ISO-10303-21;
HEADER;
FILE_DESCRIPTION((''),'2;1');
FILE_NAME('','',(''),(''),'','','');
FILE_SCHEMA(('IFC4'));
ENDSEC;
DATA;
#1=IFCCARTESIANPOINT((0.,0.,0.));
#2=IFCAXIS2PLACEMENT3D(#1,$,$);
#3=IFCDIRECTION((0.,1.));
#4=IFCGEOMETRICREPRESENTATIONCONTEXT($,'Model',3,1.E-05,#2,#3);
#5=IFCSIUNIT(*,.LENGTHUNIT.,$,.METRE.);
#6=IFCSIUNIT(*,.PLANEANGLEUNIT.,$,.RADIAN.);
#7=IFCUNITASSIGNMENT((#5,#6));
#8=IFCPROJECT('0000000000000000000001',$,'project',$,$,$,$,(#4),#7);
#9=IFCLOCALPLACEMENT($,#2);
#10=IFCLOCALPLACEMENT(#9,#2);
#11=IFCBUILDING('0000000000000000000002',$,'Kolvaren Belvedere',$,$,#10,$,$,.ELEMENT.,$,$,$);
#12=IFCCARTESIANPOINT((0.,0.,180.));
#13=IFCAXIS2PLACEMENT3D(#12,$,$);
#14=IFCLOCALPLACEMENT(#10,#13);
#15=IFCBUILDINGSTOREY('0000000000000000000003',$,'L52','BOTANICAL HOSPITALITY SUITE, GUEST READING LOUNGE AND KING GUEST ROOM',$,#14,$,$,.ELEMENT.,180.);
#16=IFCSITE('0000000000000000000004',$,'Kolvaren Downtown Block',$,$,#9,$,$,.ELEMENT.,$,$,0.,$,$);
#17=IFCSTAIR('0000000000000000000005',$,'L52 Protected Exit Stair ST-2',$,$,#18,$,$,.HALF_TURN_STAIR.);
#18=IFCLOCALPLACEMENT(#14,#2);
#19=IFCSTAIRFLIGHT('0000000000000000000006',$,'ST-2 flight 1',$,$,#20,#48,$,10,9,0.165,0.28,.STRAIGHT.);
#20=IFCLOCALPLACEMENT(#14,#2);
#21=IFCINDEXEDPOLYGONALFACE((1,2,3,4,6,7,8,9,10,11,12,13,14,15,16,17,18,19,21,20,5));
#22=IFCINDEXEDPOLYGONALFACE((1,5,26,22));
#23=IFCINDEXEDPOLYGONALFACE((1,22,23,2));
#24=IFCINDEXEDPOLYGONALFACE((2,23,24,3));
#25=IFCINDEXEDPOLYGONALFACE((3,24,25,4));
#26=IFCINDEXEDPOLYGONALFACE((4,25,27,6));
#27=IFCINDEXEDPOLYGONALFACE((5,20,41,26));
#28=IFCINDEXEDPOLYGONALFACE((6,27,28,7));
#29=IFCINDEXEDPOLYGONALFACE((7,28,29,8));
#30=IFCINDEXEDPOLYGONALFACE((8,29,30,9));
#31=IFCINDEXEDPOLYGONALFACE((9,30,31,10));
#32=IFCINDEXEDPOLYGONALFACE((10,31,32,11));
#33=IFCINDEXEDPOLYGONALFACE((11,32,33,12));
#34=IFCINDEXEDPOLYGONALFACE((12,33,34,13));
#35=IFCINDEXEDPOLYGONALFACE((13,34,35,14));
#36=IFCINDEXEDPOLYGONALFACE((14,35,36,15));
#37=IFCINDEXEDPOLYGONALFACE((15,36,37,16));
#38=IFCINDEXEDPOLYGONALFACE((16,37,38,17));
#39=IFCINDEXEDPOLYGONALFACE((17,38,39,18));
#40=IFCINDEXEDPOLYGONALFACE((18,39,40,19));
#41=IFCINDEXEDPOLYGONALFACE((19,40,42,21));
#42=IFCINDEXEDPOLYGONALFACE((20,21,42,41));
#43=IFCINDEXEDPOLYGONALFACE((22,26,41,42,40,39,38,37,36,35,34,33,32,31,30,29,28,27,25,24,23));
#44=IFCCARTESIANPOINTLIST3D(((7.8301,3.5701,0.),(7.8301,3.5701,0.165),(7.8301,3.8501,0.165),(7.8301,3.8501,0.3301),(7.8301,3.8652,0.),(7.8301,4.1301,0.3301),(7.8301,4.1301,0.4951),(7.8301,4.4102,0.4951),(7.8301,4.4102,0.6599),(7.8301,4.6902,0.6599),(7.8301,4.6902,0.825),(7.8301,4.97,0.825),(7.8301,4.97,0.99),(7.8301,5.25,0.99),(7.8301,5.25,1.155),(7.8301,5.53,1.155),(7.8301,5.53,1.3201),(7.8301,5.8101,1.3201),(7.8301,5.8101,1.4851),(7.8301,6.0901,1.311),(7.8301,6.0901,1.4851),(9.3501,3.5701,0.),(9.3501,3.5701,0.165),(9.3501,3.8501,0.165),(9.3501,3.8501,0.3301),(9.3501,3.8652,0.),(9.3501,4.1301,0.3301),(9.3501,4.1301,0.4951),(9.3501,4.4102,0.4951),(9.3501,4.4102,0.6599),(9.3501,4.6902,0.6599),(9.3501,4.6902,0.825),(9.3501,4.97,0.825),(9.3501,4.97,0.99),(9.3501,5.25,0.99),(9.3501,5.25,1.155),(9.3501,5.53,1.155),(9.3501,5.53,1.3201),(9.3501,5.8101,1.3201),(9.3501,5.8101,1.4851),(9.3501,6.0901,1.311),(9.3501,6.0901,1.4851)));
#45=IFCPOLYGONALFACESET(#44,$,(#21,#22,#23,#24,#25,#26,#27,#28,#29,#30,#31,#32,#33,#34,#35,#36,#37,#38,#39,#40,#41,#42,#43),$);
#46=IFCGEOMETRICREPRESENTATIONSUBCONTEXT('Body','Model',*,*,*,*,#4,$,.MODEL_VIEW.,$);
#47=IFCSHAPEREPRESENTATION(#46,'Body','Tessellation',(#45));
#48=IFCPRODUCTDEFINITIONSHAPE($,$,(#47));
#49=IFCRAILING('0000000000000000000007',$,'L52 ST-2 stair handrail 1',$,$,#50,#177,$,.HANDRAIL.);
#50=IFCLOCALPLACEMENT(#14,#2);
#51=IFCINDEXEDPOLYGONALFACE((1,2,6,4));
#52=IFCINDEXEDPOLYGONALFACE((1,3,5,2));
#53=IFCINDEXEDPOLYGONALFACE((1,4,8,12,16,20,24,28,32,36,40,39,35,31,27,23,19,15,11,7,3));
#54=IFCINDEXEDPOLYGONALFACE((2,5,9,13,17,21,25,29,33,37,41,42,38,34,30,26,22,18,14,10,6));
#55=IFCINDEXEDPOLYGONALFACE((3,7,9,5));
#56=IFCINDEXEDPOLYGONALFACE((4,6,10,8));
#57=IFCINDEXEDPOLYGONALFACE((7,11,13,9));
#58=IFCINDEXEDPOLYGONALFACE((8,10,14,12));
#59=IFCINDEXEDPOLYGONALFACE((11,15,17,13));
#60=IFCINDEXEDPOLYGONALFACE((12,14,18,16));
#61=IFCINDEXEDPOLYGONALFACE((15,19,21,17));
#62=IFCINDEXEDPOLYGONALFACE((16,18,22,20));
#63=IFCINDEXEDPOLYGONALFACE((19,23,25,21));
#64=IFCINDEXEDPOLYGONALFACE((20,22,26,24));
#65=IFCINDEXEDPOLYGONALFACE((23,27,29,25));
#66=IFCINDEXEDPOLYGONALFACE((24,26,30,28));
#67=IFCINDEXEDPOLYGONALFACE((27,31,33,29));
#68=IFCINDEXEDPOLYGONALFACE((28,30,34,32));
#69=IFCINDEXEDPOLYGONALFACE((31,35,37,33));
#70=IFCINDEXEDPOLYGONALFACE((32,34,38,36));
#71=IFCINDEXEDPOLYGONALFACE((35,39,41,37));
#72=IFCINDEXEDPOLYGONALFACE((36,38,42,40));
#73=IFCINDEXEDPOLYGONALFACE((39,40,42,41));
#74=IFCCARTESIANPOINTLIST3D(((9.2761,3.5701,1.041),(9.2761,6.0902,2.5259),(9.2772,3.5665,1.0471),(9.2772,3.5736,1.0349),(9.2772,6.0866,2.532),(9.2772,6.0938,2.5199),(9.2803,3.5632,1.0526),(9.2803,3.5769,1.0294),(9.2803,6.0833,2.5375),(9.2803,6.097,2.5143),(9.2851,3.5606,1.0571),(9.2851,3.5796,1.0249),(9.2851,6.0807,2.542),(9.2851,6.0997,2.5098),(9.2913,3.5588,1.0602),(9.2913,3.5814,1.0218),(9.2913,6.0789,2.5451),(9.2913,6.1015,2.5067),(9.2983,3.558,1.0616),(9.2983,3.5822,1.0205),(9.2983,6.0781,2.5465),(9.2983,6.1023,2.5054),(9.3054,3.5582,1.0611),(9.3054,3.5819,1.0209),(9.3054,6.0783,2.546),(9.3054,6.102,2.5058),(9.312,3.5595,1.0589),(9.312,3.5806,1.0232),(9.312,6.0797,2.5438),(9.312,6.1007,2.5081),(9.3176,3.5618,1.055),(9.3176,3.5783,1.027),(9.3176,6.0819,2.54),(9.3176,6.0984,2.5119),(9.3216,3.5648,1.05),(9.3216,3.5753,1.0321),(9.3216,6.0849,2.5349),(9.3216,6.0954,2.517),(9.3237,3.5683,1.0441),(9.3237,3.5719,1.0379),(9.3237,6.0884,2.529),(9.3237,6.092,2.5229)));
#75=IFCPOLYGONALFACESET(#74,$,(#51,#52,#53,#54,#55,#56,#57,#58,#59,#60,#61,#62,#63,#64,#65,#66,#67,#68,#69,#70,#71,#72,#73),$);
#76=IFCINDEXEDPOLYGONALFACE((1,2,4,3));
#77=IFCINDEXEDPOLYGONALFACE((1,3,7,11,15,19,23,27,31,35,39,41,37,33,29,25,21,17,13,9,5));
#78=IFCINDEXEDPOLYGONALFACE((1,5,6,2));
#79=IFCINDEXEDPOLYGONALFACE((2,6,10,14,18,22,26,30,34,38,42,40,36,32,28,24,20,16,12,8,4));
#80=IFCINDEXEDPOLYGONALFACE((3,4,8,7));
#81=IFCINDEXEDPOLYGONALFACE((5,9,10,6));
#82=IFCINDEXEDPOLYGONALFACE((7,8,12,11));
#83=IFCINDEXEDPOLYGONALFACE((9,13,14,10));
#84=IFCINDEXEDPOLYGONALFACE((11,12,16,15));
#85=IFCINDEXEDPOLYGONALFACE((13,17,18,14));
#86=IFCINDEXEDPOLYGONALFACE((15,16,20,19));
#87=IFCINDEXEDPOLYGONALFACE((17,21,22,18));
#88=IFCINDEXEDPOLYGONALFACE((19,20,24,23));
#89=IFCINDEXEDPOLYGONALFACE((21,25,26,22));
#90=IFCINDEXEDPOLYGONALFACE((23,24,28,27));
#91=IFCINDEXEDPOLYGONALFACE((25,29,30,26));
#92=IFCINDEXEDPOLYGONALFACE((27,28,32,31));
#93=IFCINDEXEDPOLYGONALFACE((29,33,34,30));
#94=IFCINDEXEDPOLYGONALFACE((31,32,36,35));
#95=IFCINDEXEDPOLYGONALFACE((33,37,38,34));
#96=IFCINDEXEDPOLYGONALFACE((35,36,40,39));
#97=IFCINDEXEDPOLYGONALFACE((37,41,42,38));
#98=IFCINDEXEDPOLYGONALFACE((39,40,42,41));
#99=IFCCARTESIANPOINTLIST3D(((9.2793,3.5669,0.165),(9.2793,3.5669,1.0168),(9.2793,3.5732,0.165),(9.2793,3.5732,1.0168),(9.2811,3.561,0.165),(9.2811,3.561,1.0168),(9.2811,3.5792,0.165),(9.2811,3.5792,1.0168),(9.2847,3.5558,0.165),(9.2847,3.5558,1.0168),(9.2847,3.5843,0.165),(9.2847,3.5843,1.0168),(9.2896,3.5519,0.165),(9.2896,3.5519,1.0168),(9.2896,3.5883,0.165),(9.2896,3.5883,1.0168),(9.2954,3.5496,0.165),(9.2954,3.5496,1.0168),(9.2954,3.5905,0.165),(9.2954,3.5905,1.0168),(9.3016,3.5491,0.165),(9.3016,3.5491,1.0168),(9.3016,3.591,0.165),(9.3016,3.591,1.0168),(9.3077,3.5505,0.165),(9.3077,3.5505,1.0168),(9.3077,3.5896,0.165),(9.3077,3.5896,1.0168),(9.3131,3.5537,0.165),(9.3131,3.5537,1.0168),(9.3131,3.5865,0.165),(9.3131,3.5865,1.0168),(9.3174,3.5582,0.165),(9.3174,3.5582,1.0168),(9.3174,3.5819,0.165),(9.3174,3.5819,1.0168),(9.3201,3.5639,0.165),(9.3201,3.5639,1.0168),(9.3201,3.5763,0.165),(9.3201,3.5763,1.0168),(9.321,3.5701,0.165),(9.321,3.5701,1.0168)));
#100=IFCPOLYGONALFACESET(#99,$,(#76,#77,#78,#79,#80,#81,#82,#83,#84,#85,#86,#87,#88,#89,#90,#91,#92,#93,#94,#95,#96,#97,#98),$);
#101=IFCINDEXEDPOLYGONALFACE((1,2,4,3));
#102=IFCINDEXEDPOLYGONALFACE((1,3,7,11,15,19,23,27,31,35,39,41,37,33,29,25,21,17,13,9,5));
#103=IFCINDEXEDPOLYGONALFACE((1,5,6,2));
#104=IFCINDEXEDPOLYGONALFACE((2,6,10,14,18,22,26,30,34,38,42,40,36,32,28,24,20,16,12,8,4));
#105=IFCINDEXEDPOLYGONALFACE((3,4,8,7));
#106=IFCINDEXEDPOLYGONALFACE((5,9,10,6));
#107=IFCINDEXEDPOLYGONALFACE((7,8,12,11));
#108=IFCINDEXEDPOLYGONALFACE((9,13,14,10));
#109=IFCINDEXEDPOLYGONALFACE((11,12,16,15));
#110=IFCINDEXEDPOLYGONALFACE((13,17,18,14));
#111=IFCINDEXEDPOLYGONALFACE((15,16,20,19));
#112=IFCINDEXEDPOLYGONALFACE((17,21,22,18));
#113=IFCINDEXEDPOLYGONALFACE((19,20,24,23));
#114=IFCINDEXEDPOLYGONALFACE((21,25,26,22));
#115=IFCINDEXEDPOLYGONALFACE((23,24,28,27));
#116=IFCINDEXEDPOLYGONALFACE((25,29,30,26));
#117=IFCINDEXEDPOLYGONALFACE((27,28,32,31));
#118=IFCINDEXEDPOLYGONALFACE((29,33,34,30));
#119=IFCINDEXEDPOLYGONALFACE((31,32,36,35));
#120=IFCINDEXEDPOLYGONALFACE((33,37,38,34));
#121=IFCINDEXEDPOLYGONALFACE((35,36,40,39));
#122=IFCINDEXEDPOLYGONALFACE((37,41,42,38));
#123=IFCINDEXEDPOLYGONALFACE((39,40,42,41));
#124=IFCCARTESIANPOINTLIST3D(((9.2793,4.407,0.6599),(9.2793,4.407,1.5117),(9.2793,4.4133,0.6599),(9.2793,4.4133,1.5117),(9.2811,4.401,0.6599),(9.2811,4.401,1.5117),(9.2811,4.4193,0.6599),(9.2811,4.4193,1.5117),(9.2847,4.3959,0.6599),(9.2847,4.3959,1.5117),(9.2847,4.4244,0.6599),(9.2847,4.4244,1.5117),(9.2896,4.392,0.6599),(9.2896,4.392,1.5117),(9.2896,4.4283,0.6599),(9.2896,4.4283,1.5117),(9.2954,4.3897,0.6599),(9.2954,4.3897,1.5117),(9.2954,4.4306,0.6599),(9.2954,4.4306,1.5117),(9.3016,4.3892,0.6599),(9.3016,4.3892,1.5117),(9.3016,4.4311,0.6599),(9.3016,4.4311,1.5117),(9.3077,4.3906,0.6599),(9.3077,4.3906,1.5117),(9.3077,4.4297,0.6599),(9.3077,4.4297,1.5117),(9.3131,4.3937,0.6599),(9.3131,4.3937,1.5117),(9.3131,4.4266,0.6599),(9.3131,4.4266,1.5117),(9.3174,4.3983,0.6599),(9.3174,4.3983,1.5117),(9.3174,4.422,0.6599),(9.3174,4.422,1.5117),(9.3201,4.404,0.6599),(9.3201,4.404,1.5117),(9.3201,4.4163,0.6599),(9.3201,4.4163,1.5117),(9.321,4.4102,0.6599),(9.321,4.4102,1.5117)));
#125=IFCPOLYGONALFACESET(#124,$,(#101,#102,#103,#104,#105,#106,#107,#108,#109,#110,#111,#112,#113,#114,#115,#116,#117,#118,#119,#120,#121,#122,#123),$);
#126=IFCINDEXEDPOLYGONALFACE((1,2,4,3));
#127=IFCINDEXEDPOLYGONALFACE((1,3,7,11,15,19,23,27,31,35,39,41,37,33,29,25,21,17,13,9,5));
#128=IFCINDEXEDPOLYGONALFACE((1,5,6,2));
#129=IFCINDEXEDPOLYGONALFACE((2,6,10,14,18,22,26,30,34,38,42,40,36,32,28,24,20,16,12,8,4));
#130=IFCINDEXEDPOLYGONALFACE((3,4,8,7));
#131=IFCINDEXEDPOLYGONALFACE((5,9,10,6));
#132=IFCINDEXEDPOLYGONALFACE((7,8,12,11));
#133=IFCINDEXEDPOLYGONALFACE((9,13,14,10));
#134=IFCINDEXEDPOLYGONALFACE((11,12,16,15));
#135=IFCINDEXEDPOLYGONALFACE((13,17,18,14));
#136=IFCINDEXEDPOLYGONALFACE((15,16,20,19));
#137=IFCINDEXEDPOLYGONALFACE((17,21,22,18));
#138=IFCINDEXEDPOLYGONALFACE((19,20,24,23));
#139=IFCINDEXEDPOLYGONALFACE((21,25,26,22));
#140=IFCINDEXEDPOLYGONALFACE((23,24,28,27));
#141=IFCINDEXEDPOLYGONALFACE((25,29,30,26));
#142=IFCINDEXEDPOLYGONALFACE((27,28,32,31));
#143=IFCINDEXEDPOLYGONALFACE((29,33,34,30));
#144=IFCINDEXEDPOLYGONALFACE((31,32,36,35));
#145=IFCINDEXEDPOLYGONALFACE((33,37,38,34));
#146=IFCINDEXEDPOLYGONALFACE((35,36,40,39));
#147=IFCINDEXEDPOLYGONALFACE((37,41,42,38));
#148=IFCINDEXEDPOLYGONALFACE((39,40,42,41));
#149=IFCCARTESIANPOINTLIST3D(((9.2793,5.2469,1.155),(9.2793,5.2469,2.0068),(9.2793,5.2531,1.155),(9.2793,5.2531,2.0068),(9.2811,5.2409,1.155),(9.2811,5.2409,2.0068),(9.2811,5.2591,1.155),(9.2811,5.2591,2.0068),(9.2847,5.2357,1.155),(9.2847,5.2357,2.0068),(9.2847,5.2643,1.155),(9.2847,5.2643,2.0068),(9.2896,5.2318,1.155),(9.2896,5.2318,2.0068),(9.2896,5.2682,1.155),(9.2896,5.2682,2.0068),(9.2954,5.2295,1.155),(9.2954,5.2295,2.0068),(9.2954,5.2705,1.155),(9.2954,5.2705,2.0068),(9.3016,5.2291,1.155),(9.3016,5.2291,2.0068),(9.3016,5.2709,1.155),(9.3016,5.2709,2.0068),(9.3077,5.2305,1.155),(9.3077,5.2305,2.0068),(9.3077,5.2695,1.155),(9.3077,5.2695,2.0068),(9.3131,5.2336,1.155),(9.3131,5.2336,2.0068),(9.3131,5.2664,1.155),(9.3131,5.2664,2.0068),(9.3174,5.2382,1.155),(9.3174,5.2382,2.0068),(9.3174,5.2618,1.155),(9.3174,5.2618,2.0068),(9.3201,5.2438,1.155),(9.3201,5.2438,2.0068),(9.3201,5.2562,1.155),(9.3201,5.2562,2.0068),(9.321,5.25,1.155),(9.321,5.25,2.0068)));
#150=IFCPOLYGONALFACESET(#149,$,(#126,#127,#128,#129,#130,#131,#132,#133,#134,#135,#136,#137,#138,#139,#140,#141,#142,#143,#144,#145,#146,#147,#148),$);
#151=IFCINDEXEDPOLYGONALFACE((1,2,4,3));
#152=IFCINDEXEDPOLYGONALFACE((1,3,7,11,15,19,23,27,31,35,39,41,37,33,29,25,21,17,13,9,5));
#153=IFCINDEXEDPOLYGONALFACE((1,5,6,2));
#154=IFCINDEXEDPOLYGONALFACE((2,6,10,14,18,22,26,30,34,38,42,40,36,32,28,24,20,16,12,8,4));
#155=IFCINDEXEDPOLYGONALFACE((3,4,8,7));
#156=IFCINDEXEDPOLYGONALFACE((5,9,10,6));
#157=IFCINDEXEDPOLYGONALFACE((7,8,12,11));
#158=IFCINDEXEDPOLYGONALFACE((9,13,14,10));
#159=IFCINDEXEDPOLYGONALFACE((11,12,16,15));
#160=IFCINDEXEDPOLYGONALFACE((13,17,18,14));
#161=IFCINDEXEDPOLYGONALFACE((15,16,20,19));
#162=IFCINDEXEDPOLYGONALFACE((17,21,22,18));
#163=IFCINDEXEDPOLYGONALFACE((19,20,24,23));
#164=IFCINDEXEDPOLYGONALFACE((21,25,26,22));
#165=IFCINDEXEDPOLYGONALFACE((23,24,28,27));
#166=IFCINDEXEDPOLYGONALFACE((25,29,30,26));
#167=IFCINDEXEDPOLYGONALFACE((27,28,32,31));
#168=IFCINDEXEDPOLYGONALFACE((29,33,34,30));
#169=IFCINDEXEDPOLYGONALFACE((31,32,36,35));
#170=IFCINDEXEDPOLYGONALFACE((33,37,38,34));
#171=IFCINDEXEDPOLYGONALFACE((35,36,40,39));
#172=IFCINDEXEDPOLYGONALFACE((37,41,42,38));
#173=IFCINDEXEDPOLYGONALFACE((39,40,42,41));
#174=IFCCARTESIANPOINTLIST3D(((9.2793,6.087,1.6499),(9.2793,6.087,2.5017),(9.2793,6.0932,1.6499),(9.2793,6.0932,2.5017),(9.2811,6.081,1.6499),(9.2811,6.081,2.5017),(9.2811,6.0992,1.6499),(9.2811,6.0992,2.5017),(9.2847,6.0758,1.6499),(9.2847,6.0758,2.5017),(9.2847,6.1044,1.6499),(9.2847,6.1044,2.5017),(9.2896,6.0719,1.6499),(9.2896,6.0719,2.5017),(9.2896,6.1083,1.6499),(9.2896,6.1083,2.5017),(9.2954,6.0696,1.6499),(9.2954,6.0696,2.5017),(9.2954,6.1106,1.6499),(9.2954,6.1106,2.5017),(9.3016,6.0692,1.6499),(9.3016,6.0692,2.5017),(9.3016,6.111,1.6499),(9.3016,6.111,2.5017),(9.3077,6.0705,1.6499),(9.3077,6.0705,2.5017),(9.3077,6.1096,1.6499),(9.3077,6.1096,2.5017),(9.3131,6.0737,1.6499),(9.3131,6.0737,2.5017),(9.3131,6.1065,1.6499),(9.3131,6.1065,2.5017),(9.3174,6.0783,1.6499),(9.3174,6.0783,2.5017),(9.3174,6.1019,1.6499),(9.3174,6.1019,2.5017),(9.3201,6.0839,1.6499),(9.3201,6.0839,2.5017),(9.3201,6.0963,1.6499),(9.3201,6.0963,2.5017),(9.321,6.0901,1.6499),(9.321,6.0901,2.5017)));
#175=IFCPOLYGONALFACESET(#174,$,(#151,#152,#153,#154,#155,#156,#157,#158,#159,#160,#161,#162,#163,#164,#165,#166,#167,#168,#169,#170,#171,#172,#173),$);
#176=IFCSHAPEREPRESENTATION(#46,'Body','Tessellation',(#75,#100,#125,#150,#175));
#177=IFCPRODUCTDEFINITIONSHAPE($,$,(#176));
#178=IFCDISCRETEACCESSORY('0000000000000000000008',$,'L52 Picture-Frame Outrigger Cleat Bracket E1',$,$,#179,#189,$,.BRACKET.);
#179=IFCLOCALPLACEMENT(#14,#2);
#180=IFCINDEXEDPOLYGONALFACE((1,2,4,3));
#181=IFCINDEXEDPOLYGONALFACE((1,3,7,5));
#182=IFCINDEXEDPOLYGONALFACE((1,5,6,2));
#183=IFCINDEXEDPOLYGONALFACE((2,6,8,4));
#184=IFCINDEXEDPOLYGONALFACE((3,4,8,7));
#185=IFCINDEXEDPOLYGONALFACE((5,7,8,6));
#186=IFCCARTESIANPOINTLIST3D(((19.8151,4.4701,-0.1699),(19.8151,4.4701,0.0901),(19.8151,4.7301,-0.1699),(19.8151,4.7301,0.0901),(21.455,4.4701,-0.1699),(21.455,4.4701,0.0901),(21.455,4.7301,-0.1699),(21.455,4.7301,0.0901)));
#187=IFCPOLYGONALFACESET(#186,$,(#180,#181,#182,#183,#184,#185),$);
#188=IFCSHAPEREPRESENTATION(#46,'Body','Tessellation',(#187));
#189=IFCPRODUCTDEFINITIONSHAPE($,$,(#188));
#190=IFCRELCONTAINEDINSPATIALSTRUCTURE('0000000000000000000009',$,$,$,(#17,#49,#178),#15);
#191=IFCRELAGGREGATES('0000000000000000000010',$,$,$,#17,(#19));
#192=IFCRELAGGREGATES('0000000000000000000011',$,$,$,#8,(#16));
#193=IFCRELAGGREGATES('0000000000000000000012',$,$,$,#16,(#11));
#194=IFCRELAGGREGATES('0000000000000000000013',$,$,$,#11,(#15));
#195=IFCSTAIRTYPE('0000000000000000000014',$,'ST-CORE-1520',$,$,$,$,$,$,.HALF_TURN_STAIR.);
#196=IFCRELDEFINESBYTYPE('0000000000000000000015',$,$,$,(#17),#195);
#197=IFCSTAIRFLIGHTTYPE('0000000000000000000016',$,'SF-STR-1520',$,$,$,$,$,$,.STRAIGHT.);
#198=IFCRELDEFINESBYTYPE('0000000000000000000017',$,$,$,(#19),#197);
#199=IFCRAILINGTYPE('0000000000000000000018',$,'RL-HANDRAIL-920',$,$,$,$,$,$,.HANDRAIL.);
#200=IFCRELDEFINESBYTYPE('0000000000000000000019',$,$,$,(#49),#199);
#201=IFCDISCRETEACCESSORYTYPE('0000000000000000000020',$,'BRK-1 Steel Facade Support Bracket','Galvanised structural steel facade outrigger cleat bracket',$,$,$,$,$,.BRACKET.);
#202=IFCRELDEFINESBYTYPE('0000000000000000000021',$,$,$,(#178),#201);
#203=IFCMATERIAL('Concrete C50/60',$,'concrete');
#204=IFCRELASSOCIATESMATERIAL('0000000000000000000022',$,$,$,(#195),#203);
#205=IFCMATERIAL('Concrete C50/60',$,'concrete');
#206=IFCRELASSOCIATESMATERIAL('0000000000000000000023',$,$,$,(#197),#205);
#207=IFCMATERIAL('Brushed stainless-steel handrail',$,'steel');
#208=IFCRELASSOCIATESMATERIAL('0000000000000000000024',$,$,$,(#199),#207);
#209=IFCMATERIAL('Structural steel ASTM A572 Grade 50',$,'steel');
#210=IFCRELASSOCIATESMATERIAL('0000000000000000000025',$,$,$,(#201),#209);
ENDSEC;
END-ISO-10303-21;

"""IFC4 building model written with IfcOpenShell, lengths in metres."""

from ifc_helpers import new_model, si_unit, direction, frame, origin, origin_2d, place, context, subcontext, project, spatial, polyline, rectangle, circle, outline, extrude, material, type_object, element, aggregate, save


model = new_model("IFC4")

# Units and contexts
model_context = context("Model", 3, precision=1e-05, world=origin(), true_north=direction((0.0, 1.0)))
body_context = subcontext(model_context, "Body", "Model", "MODEL_VIEW")
ifc_project = project(units=[si_unit("LENGTHUNIT", "METRE"), si_unit("PLANEANGLEUNIT", "RADIAN")], contexts=[model_context])

# Site, building, storey
site_placement = place(None, origin())
site = spatial("IfcSite", under=ifc_project, at=site_placement, Name="Kolvaren Downtown Block", CompositionType="ELEMENT", RefElevation=0.0)
building_placement = place(site_placement, origin())
building = spatial("IfcBuilding", under=site, at=building_placement, Name="Kolvaren Belvedere", CompositionType="ELEMENT")
storey_placement = place(building_placement, frame((0.0, 0.0, 180.0)))
storey = spatial("IfcBuildingStorey", under=building, at=storey_placement, Name="L52", Description="BOTANICAL HOSPITALITY SUITE, GUEST READING LOUNGE AND KING GUEST ROOM", CompositionType="ELEMENT", Elevation=180.0)

# Stair, stair flight
ifc_material_1 = material(Name="Concrete C50/60", Category="concrete")
stair_type = type_object("IfcStairType", Name="ST-CORE-1520", PredefinedType="HALF_TURN_STAIR", material=ifc_material_1)
stair_placement = place(storey_placement, origin())
stair = element("IfcStair", 1, at=stair_placement, inside=storey, type_object=stair_type, Name="L52 Protected Exit Stair ST-2", PredefinedType="HALF_TURN_STAIR")
ifc_material_2 = material(Name="Concrete C50/60", Category="concrete")
stair_flight_type = type_object("IfcStairFlightType", Name="SF-STR-1520", PredefinedType="STRAIGHT", material=ifc_material_2)
stair_flight_placement = place(storey_placement, frame((8.5901, 3.5701, 0.0), z_axis=(0.0, 0.0, 1.0), x_axis=(0.0, 1.0, 0.0)))
stair_flight = element("IfcStairFlight", 2, at=stair_flight_placement, type_object=stair_flight_type, Name="ST-2 flight 1", NumberOfRisers=10, NumberOfTreads=9, PredefinedType="STRAIGHT", RiserHeight=0.165, TreadLength=0.28, context=body_context, shape_type="SweptSolid", body=[
    extrude(outline(polyline([(0.0, 0.0), (0.0, 0.165), (0.28, 0.165), (0.28, 0.3301), (0.5601, 0.3301), (0.5601, 0.4951), (0.8401, 0.4951), (0.8401, 0.6599), (1.1201, 0.6599), (1.1201, 0.825), (1.3999, 0.825), (1.3999, 0.99), (1.6799, 0.99), (1.6799, 1.155), (1.96, 1.155), (1.96, 1.3201), (2.24, 1.3201), (2.24, 1.4851), (2.52, 1.4851), (2.52, 1.6499), (2.52, 1.311), (0.2952, 0.0), (0.0, 0.0)])), frame((0.0, 0.76, 0.0), z_axis=(0.0, -1.0, 0.0), x_axis=(1.0, 0.0, 0.0)), (0.0, 0.0, 1.0), 1.52),
])
aggregate(stair, [stair_flight])

# Railing
ifc_material_3 = material(Name="Brushed stainless-steel handrail", Category="steel")
railing_type = type_object("IfcRailingType", Name="RL-HANDRAIL-920", PredefinedType="HANDRAIL", material=ifc_material_3)
railing_placement = place(storey_placement, frame((9.3, 3.5701, 0.165)))
element("IfcRailing", 3, at=railing_placement, inside=storey, type_object=railing_type, Name="L52 ST-2 stair handrail 1", PredefinedType="HANDRAIL", context=body_context, shape_type="SweptSolid", body=[
    extrude(circle(Radius=0.0239, at=origin_2d()), frame((0.0, 0.0, 0.876), z_axis=(0.0, 0.861561, 0.507655), x_axis=(-1.0, 0.0, 0.0)), (0.0, 0.0, 1.0), 2.925),
    extrude(circle(Radius=0.021, at=origin_2d()), origin(), (0.0, 0.0, 1.0), 0.8518),
    extrude(circle(Radius=0.021, at=origin_2d()), frame((0.0, 0.8401, 0.4949)), (0.0, 0.0, 1.0), 0.8518),
    extrude(circle(Radius=0.021, at=origin_2d()), frame((0.0, 1.6799, 0.99)), (0.0, 0.0, 1.0), 0.8518),
    extrude(circle(Radius=0.021, at=origin_2d()), frame((0.0, 2.52, 1.4849)), (0.0, 0.0, 1.0), 0.8518),
])

# Discrete accessory
ifc_material_4 = material(Name="Structural steel ASTM A572 Grade 50", Category="steel")
discrete_accessory_type = type_object("IfcDiscreteAccessoryType", Name="BRK-1 Steel Facade Support Bracket", Description="Galvanised structural steel facade outrigger cleat bracket", PredefinedType="BRACKET", material=ifc_material_4)
discrete_accessory_placement = place(storey_placement, frame((20.635, 4.6001, -0.1699), z_axis=(0.0, 0.0, 1.0), x_axis=(1.0, 0.0, 0.0)))
element("IfcDiscreteAccessory", 4, at=discrete_accessory_placement, inside=storey, type_object=discrete_accessory_type, Name="L52 Picture-Frame Outrigger Cleat Bracket E1", PredefinedType="BRACKET", context=body_context, shape_type="SweptSolid", body=[
    extrude(rectangle(XDim=1.6399, YDim=0.26, at=origin_2d()), origin(), (0.0, 0.0, 1.0), 0.26),
])

save(model, "model.ifc")
